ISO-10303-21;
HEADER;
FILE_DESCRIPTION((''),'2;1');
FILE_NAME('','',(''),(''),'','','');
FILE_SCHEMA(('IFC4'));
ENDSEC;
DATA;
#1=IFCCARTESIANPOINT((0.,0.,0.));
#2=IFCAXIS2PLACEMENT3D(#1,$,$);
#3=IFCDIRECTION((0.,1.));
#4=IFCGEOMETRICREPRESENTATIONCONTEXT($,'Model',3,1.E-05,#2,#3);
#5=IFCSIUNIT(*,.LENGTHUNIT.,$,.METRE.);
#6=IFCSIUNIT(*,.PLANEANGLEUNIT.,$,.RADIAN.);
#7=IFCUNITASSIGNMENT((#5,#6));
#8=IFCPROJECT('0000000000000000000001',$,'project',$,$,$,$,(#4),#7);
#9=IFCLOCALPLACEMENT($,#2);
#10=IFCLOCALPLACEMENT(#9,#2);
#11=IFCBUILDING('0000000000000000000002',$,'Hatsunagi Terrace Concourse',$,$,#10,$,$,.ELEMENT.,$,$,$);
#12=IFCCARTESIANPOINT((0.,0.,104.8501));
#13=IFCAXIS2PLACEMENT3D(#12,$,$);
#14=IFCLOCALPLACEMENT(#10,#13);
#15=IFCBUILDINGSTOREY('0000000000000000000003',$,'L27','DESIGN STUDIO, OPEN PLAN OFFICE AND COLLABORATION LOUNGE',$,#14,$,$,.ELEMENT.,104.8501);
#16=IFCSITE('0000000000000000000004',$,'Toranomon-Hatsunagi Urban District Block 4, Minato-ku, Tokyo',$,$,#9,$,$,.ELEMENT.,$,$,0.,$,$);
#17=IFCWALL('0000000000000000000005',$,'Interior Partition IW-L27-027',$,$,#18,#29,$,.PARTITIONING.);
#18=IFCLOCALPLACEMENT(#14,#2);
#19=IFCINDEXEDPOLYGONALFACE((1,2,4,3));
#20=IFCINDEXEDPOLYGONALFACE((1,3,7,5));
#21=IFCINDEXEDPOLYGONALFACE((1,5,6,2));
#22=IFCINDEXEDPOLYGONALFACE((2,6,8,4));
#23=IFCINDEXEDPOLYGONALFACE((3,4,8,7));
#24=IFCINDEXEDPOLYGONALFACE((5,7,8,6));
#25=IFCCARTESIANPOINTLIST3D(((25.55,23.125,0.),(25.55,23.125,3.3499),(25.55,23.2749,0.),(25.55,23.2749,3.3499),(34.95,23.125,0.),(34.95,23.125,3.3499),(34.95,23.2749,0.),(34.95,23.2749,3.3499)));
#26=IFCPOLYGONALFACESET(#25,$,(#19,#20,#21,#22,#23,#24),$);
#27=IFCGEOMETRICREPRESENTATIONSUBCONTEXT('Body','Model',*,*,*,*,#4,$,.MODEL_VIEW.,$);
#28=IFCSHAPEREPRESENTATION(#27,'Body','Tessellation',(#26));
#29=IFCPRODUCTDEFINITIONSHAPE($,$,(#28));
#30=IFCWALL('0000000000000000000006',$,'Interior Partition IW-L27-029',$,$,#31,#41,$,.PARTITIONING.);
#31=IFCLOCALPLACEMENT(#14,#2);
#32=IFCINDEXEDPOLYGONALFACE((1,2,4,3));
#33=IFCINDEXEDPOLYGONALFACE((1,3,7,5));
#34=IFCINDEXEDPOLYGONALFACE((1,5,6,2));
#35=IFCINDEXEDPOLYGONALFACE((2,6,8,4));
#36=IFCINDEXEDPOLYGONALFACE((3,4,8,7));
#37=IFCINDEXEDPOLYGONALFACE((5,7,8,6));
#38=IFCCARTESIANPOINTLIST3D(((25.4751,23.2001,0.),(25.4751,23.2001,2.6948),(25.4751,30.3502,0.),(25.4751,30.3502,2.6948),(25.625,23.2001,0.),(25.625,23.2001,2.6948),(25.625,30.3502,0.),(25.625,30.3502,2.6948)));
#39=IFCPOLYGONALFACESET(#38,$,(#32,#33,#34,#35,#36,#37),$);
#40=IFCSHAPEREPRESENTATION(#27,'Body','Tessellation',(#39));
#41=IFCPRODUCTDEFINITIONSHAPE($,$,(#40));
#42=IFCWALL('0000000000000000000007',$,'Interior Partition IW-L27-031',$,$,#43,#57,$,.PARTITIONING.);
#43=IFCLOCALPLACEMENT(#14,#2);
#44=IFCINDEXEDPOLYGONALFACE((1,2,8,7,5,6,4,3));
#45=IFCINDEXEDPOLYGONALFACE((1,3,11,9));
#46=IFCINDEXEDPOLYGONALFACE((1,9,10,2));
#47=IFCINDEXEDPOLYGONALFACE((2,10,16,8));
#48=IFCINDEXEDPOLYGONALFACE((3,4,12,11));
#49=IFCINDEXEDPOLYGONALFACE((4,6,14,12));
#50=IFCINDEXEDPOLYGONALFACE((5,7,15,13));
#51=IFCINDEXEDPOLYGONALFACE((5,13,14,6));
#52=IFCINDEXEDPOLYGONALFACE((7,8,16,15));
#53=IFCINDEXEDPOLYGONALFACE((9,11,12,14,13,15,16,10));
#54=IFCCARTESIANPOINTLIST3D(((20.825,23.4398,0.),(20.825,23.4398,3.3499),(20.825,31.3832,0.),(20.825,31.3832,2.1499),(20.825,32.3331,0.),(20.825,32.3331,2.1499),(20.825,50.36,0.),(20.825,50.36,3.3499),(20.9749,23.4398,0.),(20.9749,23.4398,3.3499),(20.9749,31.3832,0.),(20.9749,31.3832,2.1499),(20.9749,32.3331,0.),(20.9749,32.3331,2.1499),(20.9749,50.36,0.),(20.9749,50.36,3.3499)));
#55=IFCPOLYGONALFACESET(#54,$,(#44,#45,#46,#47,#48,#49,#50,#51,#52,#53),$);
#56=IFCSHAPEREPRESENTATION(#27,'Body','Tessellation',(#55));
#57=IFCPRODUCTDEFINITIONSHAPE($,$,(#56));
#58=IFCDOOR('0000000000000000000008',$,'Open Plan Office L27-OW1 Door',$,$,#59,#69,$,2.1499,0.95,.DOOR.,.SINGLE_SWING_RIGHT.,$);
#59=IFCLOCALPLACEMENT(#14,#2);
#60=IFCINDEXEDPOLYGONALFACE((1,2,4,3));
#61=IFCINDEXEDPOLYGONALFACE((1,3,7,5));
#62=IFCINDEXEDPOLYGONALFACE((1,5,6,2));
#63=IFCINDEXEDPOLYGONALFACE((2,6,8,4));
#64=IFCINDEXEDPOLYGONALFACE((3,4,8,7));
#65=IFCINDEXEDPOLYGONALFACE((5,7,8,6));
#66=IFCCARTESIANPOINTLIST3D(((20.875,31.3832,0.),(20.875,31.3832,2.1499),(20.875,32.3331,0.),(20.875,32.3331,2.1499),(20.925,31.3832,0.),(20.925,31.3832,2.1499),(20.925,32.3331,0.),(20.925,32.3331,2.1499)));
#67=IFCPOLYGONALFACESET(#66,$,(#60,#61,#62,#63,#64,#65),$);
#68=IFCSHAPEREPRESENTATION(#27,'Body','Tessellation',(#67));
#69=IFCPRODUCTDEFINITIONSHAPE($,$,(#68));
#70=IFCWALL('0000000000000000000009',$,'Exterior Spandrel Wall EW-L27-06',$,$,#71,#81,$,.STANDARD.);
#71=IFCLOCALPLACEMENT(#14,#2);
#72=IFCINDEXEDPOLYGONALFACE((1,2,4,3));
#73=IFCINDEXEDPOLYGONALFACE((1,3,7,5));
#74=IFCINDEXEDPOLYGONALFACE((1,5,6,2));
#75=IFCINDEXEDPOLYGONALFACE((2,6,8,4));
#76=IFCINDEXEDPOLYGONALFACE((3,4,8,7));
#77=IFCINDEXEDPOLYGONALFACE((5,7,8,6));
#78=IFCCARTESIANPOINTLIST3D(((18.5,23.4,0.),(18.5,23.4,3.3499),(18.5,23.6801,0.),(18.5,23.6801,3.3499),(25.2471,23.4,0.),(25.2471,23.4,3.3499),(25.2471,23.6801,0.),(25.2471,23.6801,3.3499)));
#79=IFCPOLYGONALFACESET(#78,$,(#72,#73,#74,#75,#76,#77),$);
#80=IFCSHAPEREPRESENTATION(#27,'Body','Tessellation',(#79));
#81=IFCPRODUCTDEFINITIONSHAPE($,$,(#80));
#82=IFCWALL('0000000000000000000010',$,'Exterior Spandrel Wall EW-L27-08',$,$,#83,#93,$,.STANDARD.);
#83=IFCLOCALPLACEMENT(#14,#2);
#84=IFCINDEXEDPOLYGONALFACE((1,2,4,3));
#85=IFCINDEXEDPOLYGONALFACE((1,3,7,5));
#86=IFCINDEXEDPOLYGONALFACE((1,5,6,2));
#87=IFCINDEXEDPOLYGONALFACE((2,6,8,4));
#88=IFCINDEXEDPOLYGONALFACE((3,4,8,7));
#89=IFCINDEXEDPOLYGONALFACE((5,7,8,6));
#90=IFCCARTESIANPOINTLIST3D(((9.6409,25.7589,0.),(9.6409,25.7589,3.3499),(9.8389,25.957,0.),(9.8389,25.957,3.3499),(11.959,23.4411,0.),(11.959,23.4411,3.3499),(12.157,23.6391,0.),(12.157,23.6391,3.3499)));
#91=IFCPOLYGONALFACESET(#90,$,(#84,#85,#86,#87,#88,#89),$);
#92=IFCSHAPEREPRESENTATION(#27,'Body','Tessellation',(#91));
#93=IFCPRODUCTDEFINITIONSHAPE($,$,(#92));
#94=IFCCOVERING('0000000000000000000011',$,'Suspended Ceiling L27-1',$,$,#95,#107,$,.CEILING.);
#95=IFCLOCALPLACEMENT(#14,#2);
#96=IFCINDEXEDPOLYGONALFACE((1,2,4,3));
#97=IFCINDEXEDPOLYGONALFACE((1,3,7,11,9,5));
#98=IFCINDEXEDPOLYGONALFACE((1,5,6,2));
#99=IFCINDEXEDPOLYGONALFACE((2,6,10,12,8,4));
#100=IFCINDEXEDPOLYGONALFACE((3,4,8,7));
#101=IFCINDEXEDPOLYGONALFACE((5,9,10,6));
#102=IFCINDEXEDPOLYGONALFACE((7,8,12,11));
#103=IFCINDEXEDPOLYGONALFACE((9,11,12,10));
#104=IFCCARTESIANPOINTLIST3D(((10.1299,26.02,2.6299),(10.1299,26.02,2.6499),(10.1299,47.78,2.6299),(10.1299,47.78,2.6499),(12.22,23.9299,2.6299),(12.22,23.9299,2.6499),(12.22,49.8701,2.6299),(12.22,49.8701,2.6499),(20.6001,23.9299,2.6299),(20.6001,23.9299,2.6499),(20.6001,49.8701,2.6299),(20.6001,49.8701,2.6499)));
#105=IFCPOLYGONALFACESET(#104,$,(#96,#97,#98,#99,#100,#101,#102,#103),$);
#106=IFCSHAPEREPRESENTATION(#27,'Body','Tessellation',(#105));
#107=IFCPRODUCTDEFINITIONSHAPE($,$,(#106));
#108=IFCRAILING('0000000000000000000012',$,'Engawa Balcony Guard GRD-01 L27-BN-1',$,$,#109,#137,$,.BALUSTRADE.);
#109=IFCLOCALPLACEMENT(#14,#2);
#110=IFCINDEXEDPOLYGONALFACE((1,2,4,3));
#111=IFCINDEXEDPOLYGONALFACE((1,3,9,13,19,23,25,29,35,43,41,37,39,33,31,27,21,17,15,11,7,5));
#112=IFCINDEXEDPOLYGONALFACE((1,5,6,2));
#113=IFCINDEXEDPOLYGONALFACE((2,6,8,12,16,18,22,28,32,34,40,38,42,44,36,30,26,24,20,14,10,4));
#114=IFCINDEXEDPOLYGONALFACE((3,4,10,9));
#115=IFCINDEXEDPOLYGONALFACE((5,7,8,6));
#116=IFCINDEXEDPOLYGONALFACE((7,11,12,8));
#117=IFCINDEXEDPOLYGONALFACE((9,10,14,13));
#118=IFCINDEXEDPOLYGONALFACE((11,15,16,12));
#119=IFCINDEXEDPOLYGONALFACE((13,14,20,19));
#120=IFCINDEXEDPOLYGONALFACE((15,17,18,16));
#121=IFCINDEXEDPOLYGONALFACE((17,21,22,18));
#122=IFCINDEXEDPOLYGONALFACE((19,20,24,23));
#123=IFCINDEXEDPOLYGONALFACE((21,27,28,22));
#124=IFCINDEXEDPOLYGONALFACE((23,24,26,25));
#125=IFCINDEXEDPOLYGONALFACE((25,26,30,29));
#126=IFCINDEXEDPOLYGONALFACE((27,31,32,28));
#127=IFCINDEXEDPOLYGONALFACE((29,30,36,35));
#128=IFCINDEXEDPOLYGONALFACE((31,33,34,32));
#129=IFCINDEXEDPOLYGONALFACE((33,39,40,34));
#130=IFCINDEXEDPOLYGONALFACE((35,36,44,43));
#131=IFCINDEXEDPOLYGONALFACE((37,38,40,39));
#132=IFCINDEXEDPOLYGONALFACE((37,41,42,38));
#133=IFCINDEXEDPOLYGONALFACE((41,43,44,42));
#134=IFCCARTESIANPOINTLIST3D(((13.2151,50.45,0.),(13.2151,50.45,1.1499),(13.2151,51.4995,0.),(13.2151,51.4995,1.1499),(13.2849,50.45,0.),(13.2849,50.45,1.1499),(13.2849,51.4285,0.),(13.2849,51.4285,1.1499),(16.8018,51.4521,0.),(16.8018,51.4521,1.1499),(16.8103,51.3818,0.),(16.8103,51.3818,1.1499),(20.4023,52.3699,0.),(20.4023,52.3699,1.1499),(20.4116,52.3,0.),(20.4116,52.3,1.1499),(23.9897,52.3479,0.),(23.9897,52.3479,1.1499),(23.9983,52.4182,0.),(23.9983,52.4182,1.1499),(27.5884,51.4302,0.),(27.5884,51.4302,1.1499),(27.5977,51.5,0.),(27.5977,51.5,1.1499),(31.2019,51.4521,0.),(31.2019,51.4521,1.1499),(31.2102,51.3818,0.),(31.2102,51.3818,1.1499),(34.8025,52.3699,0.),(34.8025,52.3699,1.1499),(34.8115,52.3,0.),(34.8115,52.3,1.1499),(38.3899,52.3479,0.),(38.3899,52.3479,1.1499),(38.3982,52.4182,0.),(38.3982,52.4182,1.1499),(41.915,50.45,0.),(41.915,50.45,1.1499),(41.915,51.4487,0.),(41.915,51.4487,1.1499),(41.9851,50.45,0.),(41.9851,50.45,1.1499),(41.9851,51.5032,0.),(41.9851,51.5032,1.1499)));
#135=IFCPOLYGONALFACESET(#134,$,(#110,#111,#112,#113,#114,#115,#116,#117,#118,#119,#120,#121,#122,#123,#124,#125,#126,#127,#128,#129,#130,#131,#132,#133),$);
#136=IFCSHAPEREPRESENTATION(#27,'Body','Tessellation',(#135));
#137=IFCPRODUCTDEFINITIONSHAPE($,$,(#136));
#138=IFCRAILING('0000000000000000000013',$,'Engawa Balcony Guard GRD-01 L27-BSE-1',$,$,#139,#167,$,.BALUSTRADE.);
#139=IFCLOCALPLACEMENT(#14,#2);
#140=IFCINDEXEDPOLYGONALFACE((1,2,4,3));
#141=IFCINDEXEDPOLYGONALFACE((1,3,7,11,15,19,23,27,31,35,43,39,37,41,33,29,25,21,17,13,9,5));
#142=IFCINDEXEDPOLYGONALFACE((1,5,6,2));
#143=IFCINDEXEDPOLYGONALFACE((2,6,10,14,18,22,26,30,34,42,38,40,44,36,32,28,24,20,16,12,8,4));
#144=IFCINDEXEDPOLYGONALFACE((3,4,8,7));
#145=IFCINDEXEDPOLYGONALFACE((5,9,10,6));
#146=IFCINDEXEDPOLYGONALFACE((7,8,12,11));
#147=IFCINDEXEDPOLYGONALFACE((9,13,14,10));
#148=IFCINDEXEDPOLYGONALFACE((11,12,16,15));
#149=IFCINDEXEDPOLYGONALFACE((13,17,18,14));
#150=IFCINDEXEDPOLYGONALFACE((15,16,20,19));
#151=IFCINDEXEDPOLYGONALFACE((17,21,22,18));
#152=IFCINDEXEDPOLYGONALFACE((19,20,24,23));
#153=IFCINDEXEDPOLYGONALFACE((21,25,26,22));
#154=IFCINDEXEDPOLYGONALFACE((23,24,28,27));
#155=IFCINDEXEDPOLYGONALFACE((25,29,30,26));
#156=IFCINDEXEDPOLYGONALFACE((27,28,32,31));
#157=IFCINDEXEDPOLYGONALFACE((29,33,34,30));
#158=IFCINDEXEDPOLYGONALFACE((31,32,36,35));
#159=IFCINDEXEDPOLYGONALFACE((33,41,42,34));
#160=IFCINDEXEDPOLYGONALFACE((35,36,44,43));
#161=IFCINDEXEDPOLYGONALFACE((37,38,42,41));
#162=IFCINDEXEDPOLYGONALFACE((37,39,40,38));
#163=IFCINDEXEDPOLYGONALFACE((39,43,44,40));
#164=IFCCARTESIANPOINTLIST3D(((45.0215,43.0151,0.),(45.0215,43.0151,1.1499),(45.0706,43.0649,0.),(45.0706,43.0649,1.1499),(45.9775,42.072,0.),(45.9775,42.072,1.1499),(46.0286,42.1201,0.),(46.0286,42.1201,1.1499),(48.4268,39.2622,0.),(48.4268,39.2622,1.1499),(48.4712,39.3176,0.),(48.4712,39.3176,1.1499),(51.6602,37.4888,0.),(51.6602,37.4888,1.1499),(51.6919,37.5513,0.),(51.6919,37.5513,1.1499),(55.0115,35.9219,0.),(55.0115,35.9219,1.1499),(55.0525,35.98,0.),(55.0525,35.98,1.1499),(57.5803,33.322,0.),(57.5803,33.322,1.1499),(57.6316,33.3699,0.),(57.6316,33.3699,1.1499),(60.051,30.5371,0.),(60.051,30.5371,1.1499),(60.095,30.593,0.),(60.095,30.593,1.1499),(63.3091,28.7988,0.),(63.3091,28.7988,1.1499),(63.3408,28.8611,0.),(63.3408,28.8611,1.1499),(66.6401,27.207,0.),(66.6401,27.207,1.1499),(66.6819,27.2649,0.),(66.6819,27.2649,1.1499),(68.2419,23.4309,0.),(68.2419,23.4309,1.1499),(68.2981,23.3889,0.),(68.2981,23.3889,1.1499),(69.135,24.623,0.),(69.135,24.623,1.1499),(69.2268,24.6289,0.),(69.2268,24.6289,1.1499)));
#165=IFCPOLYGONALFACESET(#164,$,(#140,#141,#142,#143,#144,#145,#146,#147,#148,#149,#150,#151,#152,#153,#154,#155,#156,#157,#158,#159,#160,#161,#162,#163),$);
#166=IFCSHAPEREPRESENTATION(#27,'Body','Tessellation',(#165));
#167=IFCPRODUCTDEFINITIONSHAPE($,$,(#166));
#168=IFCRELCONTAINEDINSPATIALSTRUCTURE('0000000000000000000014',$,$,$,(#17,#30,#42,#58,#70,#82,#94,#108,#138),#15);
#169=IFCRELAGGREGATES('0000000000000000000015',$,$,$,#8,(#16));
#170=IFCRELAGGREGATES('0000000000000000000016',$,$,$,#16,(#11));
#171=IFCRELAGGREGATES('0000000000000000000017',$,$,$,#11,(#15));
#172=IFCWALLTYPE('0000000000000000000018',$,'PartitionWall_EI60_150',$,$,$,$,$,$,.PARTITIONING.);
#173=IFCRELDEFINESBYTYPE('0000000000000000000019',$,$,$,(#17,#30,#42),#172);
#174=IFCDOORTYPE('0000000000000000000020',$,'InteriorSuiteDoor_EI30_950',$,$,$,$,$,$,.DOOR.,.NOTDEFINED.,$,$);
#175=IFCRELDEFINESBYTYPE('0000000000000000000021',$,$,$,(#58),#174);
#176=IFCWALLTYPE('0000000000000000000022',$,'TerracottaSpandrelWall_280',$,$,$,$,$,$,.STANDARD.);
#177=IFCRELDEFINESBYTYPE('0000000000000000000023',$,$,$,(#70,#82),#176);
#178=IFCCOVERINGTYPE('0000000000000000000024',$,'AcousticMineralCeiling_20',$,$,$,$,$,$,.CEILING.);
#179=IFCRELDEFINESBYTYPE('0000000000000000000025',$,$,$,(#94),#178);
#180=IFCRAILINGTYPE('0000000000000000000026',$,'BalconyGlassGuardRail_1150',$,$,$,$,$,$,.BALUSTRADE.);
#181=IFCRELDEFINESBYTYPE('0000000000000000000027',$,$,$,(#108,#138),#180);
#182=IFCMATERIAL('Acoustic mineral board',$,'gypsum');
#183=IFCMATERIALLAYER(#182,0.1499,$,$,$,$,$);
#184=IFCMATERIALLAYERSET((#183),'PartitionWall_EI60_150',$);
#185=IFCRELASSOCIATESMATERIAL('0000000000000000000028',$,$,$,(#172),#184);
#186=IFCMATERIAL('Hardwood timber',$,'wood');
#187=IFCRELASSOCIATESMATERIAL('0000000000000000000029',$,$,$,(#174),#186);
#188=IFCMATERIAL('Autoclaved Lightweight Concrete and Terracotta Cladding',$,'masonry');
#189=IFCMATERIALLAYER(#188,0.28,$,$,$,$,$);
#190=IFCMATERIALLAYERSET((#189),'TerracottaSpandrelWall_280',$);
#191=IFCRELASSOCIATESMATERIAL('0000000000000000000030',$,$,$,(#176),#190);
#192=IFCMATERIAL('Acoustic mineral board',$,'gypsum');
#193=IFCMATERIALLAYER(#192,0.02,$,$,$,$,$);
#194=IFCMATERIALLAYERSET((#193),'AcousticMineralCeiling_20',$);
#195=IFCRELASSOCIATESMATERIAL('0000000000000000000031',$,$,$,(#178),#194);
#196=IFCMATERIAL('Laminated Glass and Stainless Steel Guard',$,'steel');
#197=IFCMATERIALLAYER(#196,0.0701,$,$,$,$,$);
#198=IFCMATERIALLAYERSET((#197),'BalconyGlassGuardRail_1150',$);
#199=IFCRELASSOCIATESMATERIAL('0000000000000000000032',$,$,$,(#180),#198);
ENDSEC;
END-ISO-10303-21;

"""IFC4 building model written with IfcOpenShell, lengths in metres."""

from ifc_helpers import new_model, si_unit, direction, frame, frame_2d, origin, place, context, subcontext, project, spatial, polyline, rectangle, outline, extrude, material, layer, layer_set, type_object, element, fill, save


model = new_model("IFC4")

# Units and contexts
model_context = context("Model", 3, precision=1e-05, world=origin(), true_north=direction((0.0, 1.0)))
body_context = subcontext(model_context, "Body", "Model", "MODEL_VIEW")
ifc_project = project(units=[si_unit("LENGTHUNIT", "METRE"), si_unit("PLANEANGLEUNIT", "RADIAN")], contexts=[model_context])

# Site, building, storey
site_placement = place(None, origin())
site = spatial("IfcSite", under=ifc_project, at=site_placement, Name="Toranomon-Hatsunagi Urban District Block 4, Minato-ku, Tokyo", CompositionType="ELEMENT", RefElevation=0.0)
building_placement = place(site_placement, origin())
building = spatial("IfcBuilding", under=site, at=building_placement, Name="Hatsunagi Terrace Concourse", CompositionType="ELEMENT")
storey_placement = place(building_placement, frame((0.0, 0.0, 104.8501)))
storey = spatial("IfcBuildingStorey", under=building, at=storey_placement, Name="L27", Description="DESIGN STUDIO, OPEN PLAN OFFICE AND COLLABORATION LOUNGE", CompositionType="ELEMENT", Elevation=104.8501)

# Walls
ifc_material_1 = material(Name="Acoustic mineral board", Category="gypsum")
ifc_layer_1 = layer(ifc_material_1, 0.1499)
ifc_layer_set_1 = layer_set([ifc_layer_1], Name="PartitionWall_EI60_150")
wall_type_1 = type_object("IfcWallType", Name="PartitionWall_EI60_150", PredefinedType="PARTITIONING", material=ifc_layer_set_1)
wall_1_placement = place(storey_placement, frame((25.55, 23.2, 0.0), z_axis=(0.0, 0.0, 1.0), x_axis=(1.0, 0.0, 0.0)))
element("IfcWall", 1, at=wall_1_placement, inside=storey, type_object=wall_type_1, Name="Interior Partition IW-L27-027", PredefinedType="PARTITIONING", context=body_context, shape_type="SweptSolid", body=[
    extrude(rectangle(XDim=9.3999, YDim=0.1499, at=frame_2d((4.7, 0.0))), origin(), (0.0, 0.0, 1.0), 3.3499),
])
wall_2_placement = place(storey_placement, frame((25.55, 23.2, 0.0), z_axis=(0.0, 0.0, 1.0), x_axis=(0.0, 1.0, 0.0)))
element("IfcWall", 2, at=wall_2_placement, inside=storey, type_object=wall_type_1, Name="Interior Partition IW-L27-029", PredefinedType="PARTITIONING", context=body_context, shape_type="SweptSolid", body=[
    extrude(rectangle(XDim=7.1501, YDim=0.1499, at=frame_2d((3.5752, 0.0))), origin(), (0.0, 0.0, 1.0), 2.6948),
])

# Wall, opening, door
wall_3_placement = place(storey_placement, frame((20.8999, 23.4399, 0.0), z_axis=(0.0, 0.0, 1.0), x_axis=(0.0, 1.0, 0.0)))
wall_3 = element("IfcWall", 3, at=wall_3_placement, inside=storey, type_object=wall_type_1, Name="Interior Partition IW-L27-031", PredefinedType="PARTITIONING", context=body_context, shape_type="SweptSolid", body=[
    extrude(rectangle(XDim=26.9202, YDim=0.1499, at=frame_2d((13.46, 0.0))), origin(), (0.0, 0.0, 1.0), 3.3499),
])
opening_placement = place(wall_3_placement, frame((7.9431, 0.0, 0.0)))
opening = element("IfcOpeningElement", 4, at=opening_placement, cuts=wall_3, PredefinedType="OPENING", context=body_context, shape_type="SweptSolid", body=[
    extrude(rectangle(XDim=0.95, YDim=2.1499, at=frame_2d((0.4751, 1.075))), frame((0.0, 0.085, 0.0), z_axis=(0.0, -1.0, 0.0), x_axis=(1.0, 0.0, 0.0)), (0.0, 0.0, 1.0), 0.1699),
])
ifc_material_2 = material(Name="Hardwood timber", Category="wood")
door_type = type_object("IfcDoorType", Name="InteriorSuiteDoor_EI30_950", OperationType="NOTDEFINED", PredefinedType="DOOR", material=ifc_material_2)
door_placement = place(opening_placement, origin())
door = element("IfcDoor", 5, at=door_placement, inside=storey, type_object=door_type, Name="Open Plan Office L27-OW1 Door", OperationType="SINGLE_SWING_RIGHT", OverallHeight=2.1499, OverallWidth=0.95, PredefinedType="DOOR", context=body_context, shape_type="SweptSolid", body=[
    extrude(rectangle(XDim=0.95, YDim=2.1499, at=frame_2d((0.4751, 1.075))), frame((0.0, 0.0249, 0.0), z_axis=(0.0, -1.0, 0.0), x_axis=(1.0, 0.0, 0.0)), (0.0, 0.0, 1.0), 0.05),
])
fill(opening, door)

# Walls
ifc_material_3 = material(Name="Autoclaved Lightweight Concrete and Terracotta Cladding", Category="masonry")
ifc_layer_2 = layer(ifc_material_3, 0.28)
ifc_layer_set_2 = layer_set([ifc_layer_2], Name="TerracottaSpandrelWall_280")
wall_type_2 = type_object("IfcWallType", Name="TerracottaSpandrelWall_280", PredefinedType="STANDARD", material=ifc_layer_set_2)
wall_4_placement = place(storey_placement, frame((25.2471, 23.54, 0.0), z_axis=(0.0, 0.0, 1.0), x_axis=(-1.0, 0.0, 0.0)))
element("IfcWall", 6, at=wall_4_placement, inside=storey, type_object=wall_type_2, Name="Exterior Spandrel Wall EW-L27-06", PredefinedType="STANDARD", context=body_context, shape_type="SweptSolid", body=[
    extrude(rectangle(XDim=6.7471, YDim=0.28, at=frame_2d((3.3735, 0.0))), origin(), (0.0, 0.0, 1.0), 3.3499),
])
wall_5_placement = place(storey_placement, frame((12.0581, 23.54, 0.0), z_axis=(0.0, 0.0, 1.0), x_axis=(-0.707144, 0.70707, 0.0)))
element("IfcWall", 7, at=wall_5_placement, inside=storey, type_object=wall_type_2, Name="Exterior Spandrel Wall EW-L27-08", PredefinedType="STANDARD", context=body_context, shape_type="SweptSolid", body=[
    extrude(rectangle(XDim=3.2781, YDim=0.28, at=frame_2d((1.6392, 0.0))), origin(), (0.0, 0.0, 1.0), 3.3499),
])

# Covering
ifc_material_4 = material(Name="Acoustic mineral board", Category="gypsum")
ifc_layer_3 = layer(ifc_material_4, 0.02)
ifc_layer_set_3 = layer_set([ifc_layer_3], Name="AcousticMineralCeiling_20")
covering_type_1 = type_object("IfcCoveringType", Name="AcousticMineralCeiling_20", PredefinedType="CEILING", material=ifc_layer_set_3)
covering_1_placement = place(storey_placement, frame((0.0, 0.0, 2.6299)))
element("IfcCovering", 8, at=covering_1_placement, inside=storey, type_object=covering_type_1, Name="Suspended Ceiling L27-1", PredefinedType="CEILING", context=body_context, shape_type="SweptSolid", body=[
    extrude(outline(polyline([(10.1299, 26.02), (12.22, 23.9299), (20.6001, 23.9299), (20.6001, 49.8701), (12.22, 49.8701), (10.1299, 47.78), (10.1299, 26.02)])), origin(), (0.0, 0.0, 1.0), 0.02),
])

# Railings
ifc_material_5 = material(Name="Laminated Glass and Stainless Steel Guard", Category="steel")
ifc_layer_4 = layer(ifc_material_5, 0.0701)
ifc_layer_set_4 = layer_set([ifc_layer_4], Name="BalconyGlassGuardRail_1150")
railing_type = type_object("IfcRailingType", Name="BalconyGlassGuardRail_1150", PredefinedType="BALUSTRADE", material=ifc_layer_set_4)
railing_1_placement = place(storey_placement, origin())
element("IfcRailing", 9, at=railing_1_placement, inside=storey, type_object=railing_type, Name="Engawa Balcony Guard GRD-01 L27-BN-1", PredefinedType="BALUSTRADE", context=body_context, shape_type="SweptSolid", body=[
    extrude(outline(polyline([(13.2151, 50.45), (13.2849, 50.45), (13.2849, 51.4285), (16.8103, 51.3818), (20.4116, 52.3), (23.9897, 52.3479), (27.5884, 51.4302), (31.2102, 51.3818), (34.8115, 52.3), (38.3899, 52.3479), (41.915, 51.4487), (41.915, 50.45), (41.9851, 50.45), (41.9851, 51.5032), (38.3982, 52.4182), (34.8025, 52.3699), (31.2019, 51.4521), (27.5977, 51.5), (23.9983, 52.4182), (20.4023, 52.3699), (16.8018, 51.4521), (13.2151, 51.4995), (13.2151, 50.45)])), origin(), (0.0, 0.0, 1.0), 1.1499),
])
railing_2_placement = place(storey_placement, origin())
element("IfcRailing", 10, at=railing_2_placement, inside=storey, type_object=railing_type, Name="Engawa Balcony Guard GRD-01 L27-BSE-1", PredefinedType="BALUSTRADE", context=body_context, shape_type="SweptSolid", body=[
    extrude(outline(polyline([(45.0706, 43.0649), (45.0215, 43.0151), (45.9775, 42.072), (48.4268, 39.2622), (51.6602, 37.4888), (55.0115, 35.9219), (57.5803, 33.322), (60.051, 30.5371), (63.3091, 28.7988), (66.6401, 27.207), (69.135, 24.623), (68.2419, 23.4309), (68.2981, 23.3889), (69.2268, 24.6289), (66.6819, 27.2649), (63.3408, 28.8611), (60.095, 30.593), (57.6316, 33.3699), (55.0525, 35.98), (51.6919, 37.5513), (48.4712, 39.3176), (46.0286, 42.1201), (45.0706, 43.0649)])), origin(), (0.0, 0.0, 1.0), 1.1499),
])

save(model, "model.ifc")
